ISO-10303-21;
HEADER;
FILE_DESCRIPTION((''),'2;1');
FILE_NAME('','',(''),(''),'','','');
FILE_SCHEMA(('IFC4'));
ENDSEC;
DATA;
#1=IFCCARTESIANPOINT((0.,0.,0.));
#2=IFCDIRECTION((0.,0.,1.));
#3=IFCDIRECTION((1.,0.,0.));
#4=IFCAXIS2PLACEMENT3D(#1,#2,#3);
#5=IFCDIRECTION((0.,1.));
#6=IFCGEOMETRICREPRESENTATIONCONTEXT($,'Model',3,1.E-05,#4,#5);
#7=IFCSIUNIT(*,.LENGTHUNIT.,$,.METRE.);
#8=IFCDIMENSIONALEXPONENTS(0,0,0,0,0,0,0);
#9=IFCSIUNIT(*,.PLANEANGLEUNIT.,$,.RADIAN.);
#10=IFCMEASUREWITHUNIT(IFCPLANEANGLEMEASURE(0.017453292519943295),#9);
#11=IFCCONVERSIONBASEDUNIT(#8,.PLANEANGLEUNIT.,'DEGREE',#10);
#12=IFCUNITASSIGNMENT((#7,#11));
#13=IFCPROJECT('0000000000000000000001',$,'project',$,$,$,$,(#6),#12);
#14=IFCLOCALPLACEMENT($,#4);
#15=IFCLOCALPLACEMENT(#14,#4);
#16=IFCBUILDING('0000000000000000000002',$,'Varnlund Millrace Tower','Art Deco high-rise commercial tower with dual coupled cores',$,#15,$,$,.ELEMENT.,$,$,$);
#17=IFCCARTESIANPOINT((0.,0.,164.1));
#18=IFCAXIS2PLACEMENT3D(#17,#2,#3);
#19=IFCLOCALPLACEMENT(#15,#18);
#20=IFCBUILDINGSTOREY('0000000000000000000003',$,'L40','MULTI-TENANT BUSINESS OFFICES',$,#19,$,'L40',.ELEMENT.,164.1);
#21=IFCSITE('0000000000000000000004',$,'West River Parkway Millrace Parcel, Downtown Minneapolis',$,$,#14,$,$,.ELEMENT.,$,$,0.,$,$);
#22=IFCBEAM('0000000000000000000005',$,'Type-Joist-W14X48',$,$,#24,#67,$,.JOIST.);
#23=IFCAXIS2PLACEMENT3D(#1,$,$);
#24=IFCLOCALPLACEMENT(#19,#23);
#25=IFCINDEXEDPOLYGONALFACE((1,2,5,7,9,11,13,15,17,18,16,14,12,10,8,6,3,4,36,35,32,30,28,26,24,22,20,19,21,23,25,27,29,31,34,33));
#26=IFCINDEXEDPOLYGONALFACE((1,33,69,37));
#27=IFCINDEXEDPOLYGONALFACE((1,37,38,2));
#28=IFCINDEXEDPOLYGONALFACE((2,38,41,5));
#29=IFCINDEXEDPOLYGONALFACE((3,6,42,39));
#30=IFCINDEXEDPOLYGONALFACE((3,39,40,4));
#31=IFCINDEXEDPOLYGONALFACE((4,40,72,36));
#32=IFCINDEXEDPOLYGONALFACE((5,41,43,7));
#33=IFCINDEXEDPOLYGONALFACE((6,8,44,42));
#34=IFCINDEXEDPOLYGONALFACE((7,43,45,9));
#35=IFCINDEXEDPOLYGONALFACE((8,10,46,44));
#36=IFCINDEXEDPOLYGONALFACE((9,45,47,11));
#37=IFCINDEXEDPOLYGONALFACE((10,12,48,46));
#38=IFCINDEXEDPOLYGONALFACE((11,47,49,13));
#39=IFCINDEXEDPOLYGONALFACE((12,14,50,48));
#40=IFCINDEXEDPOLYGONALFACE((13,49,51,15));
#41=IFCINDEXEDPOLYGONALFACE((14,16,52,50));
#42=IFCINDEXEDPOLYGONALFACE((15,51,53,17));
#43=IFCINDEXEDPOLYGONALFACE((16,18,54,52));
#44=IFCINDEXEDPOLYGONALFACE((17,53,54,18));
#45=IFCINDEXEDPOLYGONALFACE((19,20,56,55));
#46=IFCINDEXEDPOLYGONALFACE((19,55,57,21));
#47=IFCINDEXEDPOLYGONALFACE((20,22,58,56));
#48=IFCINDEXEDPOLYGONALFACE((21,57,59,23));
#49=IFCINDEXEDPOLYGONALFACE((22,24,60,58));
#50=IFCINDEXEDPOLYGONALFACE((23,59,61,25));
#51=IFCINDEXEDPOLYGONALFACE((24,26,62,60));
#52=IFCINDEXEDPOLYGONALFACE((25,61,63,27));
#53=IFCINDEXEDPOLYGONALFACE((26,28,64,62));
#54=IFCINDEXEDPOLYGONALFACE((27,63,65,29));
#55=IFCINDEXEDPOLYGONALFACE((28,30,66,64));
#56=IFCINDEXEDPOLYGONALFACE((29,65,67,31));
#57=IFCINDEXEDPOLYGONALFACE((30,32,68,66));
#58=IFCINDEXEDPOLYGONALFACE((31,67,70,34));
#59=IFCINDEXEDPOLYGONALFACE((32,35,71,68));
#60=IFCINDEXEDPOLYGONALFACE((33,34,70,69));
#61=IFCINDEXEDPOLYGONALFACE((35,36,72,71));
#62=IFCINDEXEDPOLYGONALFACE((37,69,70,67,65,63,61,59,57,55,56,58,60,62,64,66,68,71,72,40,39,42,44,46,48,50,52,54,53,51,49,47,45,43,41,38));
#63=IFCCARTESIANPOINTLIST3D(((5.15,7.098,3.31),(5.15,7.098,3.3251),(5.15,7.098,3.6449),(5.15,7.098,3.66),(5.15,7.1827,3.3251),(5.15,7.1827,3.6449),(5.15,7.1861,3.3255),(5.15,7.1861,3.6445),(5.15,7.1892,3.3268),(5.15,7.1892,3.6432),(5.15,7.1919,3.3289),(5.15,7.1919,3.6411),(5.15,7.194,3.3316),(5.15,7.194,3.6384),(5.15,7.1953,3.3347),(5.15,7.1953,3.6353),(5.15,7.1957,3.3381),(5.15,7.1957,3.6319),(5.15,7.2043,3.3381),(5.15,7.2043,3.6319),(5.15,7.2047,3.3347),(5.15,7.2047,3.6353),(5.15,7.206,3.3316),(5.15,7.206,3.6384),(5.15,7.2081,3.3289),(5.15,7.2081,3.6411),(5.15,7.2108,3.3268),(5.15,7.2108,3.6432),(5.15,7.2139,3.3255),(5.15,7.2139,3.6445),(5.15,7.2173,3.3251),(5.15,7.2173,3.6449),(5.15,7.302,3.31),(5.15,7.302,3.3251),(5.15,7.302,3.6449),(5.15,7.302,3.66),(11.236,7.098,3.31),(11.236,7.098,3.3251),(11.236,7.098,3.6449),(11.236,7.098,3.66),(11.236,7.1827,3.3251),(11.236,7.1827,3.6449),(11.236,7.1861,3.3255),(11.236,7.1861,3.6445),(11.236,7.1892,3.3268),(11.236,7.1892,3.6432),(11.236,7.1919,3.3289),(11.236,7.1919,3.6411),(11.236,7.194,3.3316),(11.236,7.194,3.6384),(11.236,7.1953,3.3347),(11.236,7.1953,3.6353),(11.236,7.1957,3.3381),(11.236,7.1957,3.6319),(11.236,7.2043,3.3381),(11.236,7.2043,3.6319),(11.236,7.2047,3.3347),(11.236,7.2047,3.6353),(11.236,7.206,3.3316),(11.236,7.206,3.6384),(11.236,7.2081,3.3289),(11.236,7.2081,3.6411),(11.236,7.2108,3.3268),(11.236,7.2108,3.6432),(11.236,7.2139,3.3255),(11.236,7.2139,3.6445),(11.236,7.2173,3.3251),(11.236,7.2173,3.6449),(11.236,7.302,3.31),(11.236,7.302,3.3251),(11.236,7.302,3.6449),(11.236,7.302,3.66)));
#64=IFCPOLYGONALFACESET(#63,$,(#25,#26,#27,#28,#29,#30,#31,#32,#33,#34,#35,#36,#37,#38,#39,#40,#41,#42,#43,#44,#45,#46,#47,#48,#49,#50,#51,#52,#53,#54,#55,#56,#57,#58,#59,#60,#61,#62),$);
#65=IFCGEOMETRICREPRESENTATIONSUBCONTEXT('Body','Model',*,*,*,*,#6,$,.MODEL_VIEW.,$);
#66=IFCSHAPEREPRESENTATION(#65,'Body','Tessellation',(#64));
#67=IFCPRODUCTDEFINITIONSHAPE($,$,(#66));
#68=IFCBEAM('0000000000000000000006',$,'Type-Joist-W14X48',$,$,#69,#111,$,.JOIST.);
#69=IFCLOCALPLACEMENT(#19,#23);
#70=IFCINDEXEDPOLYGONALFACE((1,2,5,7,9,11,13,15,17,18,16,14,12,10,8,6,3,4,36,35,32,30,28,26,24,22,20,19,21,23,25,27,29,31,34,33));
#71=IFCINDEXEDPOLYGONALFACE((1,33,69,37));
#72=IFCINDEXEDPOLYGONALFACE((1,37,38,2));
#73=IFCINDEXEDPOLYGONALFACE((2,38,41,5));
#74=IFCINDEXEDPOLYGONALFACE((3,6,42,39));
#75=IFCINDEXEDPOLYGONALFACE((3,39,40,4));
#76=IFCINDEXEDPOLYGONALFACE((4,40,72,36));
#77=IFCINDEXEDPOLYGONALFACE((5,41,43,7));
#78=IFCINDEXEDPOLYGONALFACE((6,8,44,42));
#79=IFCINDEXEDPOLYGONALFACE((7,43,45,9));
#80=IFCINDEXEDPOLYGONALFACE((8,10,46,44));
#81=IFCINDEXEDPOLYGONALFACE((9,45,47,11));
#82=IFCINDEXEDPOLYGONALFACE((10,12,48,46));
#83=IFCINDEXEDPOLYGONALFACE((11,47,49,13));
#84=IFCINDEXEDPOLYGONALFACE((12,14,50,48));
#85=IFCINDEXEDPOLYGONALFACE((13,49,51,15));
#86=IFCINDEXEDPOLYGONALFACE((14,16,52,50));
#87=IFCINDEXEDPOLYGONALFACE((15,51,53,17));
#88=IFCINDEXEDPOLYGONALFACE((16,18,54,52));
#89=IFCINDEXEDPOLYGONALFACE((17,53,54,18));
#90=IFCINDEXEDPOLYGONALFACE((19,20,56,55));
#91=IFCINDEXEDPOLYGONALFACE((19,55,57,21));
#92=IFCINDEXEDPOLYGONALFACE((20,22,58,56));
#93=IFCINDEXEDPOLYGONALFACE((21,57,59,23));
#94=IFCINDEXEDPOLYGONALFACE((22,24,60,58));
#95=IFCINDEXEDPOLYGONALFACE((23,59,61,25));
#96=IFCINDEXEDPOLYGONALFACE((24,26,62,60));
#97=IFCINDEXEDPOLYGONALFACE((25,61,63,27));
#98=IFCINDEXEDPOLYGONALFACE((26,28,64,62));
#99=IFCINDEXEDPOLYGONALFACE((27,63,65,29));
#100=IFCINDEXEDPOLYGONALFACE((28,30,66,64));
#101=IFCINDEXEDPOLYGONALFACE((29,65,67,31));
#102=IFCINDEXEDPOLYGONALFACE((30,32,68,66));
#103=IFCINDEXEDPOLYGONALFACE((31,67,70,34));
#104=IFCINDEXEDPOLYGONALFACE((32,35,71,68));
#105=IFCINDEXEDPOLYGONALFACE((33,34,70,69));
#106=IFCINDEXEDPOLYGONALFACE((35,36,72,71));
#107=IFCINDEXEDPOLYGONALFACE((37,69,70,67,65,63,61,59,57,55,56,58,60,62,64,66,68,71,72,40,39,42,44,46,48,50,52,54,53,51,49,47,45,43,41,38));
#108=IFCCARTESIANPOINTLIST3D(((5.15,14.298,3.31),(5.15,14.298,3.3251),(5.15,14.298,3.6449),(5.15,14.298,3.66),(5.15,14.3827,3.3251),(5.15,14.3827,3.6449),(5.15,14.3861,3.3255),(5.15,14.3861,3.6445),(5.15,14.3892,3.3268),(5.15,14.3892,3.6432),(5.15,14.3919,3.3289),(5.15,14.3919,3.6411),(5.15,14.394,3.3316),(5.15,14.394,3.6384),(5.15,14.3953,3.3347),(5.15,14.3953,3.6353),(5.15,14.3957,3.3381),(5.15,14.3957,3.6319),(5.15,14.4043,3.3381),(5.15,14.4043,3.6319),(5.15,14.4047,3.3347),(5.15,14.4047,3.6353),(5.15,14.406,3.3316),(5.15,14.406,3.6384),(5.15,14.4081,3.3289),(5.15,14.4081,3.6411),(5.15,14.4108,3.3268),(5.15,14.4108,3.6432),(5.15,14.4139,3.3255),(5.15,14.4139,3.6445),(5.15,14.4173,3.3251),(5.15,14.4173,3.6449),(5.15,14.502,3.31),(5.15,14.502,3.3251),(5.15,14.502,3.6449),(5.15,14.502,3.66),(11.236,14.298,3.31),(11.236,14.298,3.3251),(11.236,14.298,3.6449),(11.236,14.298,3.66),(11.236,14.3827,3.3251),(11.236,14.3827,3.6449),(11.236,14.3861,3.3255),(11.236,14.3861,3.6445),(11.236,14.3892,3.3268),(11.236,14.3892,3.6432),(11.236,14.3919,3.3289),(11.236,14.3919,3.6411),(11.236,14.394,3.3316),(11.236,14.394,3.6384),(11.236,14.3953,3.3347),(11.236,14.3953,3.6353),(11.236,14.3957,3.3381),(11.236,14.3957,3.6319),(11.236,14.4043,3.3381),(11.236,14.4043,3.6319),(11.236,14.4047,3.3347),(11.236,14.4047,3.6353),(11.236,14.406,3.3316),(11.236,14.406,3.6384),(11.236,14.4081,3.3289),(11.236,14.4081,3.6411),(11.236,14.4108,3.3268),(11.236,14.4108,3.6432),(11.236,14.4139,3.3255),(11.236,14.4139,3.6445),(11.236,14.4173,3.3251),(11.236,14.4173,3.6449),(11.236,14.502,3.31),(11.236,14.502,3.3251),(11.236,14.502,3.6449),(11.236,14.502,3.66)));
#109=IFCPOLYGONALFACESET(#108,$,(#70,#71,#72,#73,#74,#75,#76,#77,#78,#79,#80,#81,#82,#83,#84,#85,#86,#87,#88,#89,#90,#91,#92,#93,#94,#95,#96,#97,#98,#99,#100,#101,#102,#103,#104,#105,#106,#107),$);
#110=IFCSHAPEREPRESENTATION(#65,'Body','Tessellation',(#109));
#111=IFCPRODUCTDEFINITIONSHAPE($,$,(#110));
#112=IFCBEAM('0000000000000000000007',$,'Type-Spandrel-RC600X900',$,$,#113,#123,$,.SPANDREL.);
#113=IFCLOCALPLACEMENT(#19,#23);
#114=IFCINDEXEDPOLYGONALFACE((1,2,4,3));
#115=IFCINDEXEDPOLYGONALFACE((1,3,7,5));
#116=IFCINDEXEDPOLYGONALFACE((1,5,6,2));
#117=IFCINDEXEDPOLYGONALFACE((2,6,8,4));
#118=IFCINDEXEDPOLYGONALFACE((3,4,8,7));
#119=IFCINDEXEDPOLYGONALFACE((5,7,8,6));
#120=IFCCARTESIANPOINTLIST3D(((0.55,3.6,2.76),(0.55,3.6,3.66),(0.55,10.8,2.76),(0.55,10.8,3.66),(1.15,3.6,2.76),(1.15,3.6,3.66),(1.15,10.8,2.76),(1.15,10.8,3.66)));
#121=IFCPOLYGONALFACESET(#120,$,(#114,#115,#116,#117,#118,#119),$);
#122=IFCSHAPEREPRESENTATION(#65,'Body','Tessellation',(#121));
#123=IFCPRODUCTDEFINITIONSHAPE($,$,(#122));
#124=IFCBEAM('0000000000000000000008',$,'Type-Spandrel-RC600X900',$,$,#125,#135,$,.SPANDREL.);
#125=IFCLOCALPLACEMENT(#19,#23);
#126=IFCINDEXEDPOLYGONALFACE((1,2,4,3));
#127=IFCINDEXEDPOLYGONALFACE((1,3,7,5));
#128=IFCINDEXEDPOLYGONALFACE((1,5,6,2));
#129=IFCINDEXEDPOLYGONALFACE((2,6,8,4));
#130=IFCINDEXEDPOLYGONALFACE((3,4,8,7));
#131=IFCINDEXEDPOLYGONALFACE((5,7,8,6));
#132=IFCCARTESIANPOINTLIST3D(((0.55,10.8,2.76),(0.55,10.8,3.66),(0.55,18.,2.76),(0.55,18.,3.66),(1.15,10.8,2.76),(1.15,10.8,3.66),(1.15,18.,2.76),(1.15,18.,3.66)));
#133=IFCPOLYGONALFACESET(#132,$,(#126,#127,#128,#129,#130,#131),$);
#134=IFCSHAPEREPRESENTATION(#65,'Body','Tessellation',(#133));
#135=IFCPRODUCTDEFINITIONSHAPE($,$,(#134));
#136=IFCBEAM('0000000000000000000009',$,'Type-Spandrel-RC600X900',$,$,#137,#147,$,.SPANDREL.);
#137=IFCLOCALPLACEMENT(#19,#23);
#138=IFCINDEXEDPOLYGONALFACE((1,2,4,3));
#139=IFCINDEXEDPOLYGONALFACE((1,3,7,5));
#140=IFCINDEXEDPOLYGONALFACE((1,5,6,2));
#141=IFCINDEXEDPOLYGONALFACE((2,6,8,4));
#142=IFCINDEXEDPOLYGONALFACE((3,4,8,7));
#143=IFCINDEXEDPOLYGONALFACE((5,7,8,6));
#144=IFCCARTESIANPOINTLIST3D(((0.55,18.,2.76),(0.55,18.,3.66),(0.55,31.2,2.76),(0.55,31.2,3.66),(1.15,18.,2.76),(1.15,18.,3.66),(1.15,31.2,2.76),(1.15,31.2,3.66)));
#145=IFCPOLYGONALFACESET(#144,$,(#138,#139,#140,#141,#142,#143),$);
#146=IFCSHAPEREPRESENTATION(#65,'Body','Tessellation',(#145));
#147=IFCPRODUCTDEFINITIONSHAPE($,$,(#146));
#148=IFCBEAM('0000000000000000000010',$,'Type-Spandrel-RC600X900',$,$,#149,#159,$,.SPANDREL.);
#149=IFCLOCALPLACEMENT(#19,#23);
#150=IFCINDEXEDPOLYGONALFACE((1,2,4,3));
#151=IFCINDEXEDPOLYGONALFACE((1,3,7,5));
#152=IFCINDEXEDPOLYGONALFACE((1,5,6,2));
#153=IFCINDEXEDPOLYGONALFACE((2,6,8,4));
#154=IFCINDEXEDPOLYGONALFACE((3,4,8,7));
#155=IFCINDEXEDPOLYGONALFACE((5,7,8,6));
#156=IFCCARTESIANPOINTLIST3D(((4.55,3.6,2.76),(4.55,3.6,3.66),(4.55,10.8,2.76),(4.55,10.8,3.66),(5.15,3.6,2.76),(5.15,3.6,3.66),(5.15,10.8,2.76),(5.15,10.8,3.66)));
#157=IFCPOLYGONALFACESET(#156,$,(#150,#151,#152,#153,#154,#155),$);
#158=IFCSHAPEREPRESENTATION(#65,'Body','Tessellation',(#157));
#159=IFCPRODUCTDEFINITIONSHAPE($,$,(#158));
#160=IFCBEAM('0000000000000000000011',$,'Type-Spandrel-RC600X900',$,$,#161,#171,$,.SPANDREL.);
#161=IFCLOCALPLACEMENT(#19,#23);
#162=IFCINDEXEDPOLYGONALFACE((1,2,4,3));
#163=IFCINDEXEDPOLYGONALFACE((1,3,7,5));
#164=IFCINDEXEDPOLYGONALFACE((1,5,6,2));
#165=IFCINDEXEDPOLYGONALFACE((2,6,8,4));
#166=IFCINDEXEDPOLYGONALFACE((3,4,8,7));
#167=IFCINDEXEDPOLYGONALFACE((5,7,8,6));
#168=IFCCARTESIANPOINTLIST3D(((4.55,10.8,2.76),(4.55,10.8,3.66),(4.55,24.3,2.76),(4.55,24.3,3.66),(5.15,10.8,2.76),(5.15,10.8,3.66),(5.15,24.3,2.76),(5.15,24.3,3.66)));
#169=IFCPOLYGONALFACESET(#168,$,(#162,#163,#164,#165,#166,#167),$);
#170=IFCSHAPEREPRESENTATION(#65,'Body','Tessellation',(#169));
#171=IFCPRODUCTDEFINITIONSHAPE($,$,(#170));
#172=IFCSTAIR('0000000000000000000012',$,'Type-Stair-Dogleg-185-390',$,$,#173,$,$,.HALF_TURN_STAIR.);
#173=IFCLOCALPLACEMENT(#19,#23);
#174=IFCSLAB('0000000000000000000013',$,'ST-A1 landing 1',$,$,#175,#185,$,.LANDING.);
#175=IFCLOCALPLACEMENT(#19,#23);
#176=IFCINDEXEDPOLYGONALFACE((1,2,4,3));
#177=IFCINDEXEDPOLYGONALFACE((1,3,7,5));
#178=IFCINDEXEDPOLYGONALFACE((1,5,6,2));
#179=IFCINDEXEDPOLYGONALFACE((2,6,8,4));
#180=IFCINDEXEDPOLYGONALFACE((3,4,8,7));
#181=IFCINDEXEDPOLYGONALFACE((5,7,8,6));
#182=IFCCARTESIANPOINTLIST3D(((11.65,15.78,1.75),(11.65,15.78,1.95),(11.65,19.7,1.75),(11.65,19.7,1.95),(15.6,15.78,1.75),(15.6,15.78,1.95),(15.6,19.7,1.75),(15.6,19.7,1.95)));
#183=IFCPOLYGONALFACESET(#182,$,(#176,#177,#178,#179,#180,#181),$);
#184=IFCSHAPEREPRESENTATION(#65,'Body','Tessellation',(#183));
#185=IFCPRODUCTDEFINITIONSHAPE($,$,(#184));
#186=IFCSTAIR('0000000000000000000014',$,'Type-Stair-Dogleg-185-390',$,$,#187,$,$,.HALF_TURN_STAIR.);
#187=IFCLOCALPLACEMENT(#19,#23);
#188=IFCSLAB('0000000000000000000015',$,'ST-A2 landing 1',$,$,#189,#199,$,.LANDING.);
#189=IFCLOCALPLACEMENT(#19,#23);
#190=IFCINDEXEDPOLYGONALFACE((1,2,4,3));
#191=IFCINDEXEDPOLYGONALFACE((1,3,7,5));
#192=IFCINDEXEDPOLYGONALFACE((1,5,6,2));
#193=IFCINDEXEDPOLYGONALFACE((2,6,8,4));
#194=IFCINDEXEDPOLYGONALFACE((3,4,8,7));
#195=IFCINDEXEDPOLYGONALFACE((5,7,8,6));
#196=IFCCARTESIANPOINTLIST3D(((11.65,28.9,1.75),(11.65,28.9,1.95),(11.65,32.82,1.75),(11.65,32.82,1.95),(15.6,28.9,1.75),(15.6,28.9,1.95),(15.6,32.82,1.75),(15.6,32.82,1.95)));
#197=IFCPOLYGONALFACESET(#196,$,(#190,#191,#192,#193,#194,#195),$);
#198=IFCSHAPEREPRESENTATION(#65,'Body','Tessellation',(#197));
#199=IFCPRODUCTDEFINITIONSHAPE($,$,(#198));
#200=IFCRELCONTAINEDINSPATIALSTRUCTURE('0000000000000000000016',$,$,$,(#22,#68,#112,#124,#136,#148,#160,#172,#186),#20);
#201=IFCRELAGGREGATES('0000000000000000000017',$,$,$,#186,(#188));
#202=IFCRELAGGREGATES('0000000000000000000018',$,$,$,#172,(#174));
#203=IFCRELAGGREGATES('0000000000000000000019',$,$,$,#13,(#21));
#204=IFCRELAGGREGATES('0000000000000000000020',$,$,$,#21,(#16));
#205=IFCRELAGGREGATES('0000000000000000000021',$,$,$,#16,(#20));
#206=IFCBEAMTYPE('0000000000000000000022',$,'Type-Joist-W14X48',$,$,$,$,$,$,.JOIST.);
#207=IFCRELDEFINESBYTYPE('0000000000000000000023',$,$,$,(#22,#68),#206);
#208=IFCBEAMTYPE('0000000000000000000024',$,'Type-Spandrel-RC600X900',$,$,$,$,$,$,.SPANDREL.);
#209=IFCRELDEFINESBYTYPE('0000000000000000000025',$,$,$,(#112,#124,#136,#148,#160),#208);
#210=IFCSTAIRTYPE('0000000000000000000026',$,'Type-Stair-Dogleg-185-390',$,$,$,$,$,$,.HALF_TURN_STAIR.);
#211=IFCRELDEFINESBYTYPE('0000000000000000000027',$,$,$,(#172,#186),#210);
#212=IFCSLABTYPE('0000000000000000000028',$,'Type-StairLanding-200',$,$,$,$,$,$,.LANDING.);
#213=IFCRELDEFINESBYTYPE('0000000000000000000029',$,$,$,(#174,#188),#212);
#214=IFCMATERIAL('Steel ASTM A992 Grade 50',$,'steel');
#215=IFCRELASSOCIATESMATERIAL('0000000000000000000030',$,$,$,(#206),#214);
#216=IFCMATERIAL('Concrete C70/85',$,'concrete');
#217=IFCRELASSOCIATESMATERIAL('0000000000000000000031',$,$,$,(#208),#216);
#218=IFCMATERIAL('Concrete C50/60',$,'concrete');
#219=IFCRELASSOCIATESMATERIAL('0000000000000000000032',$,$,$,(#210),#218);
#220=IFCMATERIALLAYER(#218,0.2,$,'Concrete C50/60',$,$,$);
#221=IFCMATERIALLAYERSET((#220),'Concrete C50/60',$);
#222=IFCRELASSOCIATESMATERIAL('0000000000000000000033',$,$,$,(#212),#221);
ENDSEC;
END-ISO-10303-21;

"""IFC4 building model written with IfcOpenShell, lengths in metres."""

from ifc_helpers import new_model, entity, si_unit, converted_unit, direction, frame, origin_with_axes, origin_2d_with_axis, place, context, subcontext, project, spatial, polyline, rectangle, i_section, outline, extrude, material, layer, layer_set, material_profile, profile_set, type_object, element, aggregate, save


model = new_model("IFC4")

# Units and contexts
model_context = context("Model", 3, precision=1e-05, world=origin_with_axes(), true_north=direction((0.0, 1.0)))
body_context = subcontext(model_context, "Body", "Model", "MODEL_VIEW")
ifc_project = project(units=[si_unit("LENGTHUNIT", "METRE"), converted_unit("PLANEANGLEUNIT", "DEGREE", entity("IfcPlaneAngleMeasure", 0.017453292519943295), si_unit("PLANEANGLEUNIT", "RADIAN"), dimensions=[0, 0, 0, 0, 0, 0, 0])], contexts=[model_context])

# Site, building, storey
site_placement = place(None, origin_with_axes())
site = spatial("IfcSite", under=ifc_project, at=site_placement, Name="West River Parkway Millrace Parcel, Downtown Minneapolis", CompositionType="ELEMENT", RefElevation=0.0)
building_placement = place(site_placement, origin_with_axes())
building = spatial("IfcBuilding", under=site, at=building_placement, Name="Varnlund Millrace Tower", Description="Art Deco high-rise commercial tower with dual coupled cores", CompositionType="ELEMENT")
storey_placement = place(building_placement, frame((0.0, 0.0, 164.1), z_axis=(0.0, 0.0, 1.0), x_axis=(1.0, 0.0, 0.0)))
storey = spatial("IfcBuildingStorey", under=building, at=storey_placement, Name="L40", Description="MULTI-TENANT BUSINESS OFFICES", LongName="L40", CompositionType="ELEMENT", Elevation=164.1)

# Beams
ifc_material_1 = material(Name="Steel ASTM A992 Grade 50", Category="steel")
ifc_material_profile_1 = material_profile(ifc_material_1, i_section(OverallWidth=0.204, OverallDepth=0.35, WebThickness=0.0086, FlangeThickness=0.0151, FilletRadius=0.013, at=origin_2d_with_axis()), Name="Steel ASTM A992 Grade 50")
ifc_profile_set_1 = profile_set([ifc_material_profile_1], Name="Steel ASTM A992 Grade 50")
beam_type_1 = type_object("IfcBeamType", Name="Type-Joist-W14X48", PredefinedType="JOIST", material=ifc_profile_set_1)
for number, where, z_axis, x_axis, name in (
    (1, (5.15, 7.2, 3.485), (1.0, 0.0, 0.0), (0.0, 1.0, 0.0), "Type-Joist-W14X48"),
    (2, (5.15, 14.4, 3.485), (1.0, 0.0, 0.0), (0.0, 1.0, 0.0), "Type-Joist-W14X48"),
):
    element("IfcBeam", number, at=place(storey_placement, frame(where, z_axis=z_axis, x_axis=x_axis)), inside=storey, type_object=beam_type_1, Name=name, PredefinedType="JOIST", context=body_context, shape_type="SweptSolid", body=[
        extrude(i_section(OverallWidth=0.204, OverallDepth=0.35, WebThickness=0.0086, FlangeThickness=0.0151, FilletRadius=0.013, at=origin_2d_with_axis()), origin_with_axes(), (0.0, 0.0, 1.0), 6.086),
    ])
ifc_material_2 = material(Name="Concrete C70/85", Category="concrete")
ifc_material_profile_2 = material_profile(ifc_material_2, rectangle(XDim=0.6, YDim=0.9, at=origin_2d_with_axis()), Name="Concrete C70/85")
ifc_profile_set_2 = profile_set([ifc_material_profile_2], Name="Concrete C70/85")
beam_type_2 = type_object("IfcBeamType", Name="Type-Spandrel-RC600X900", PredefinedType="SPANDREL", material=ifc_profile_set_2)
for number, where, z_axis, x_axis, name in (
    (3, (0.85, 3.6, 3.21), (0.0, 1.0, 0.0), (-1.0, 0.0, 0.0), "Type-Spandrel-RC600X900"),
    (4, (0.85, 10.8, 3.21), (0.0, 1.0, 0.0), (-1.0, 0.0, 0.0), "Type-Spandrel-RC600X900"),
):
    element("IfcBeam", number, at=place(storey_placement, frame(where, z_axis=z_axis, x_axis=x_axis)), inside=storey, type_object=beam_type_2, Name=name, PredefinedType="SPANDREL", context=body_context, shape_type="SweptSolid", body=[
        extrude(rectangle(XDim=0.6, YDim=0.9, at=origin_2d_with_axis()), origin_with_axes(), (0.0, 0.0, 1.0), 7.2),
    ])
beam_1_placement = place(storey_placement, frame((0.85, 18.0, 3.21), z_axis=(0.0, 1.0, 0.0), x_axis=(-1.0, 0.0, 0.0)))
element("IfcBeam", 5, at=beam_1_placement, inside=storey, type_object=beam_type_2, Name="Type-Spandrel-RC600X900", PredefinedType="SPANDREL", context=body_context, shape_type="SweptSolid", body=[
    extrude(rectangle(XDim=0.6, YDim=0.9, at=origin_2d_with_axis()), origin_with_axes(), (0.0, 0.0, 1.0), 13.2),
])
beam_2_placement = place(storey_placement, frame((4.85, 3.6, 3.21), z_axis=(0.0, 1.0, 0.0), x_axis=(-1.0, 0.0, 0.0)))
element("IfcBeam", 6, at=beam_2_placement, inside=storey, type_object=beam_type_2, Name="Type-Spandrel-RC600X900", PredefinedType="SPANDREL", context=body_context, shape_type="SweptSolid", body=[
    extrude(rectangle(XDim=0.6, YDim=0.9, at=origin_2d_with_axis()), origin_with_axes(), (0.0, 0.0, 1.0), 7.2),
])
beam_3_placement = place(storey_placement, frame((4.85, 10.8, 3.21), z_axis=(0.0, 1.0, 0.0), x_axis=(-1.0, 0.0, 0.0)))
element("IfcBeam", 7, at=beam_3_placement, inside=storey, type_object=beam_type_2, Name="Type-Spandrel-RC600X900", PredefinedType="SPANDREL", context=body_context, shape_type="SweptSolid", body=[
    extrude(rectangle(XDim=0.6, YDim=0.9, at=origin_2d_with_axis()), origin_with_axes(), (0.0, 0.0, 1.0), 13.5),
])

# Stairs, slabs
ifc_material_3 = material(Name="Concrete C50/60", Category="concrete")
stair_type_1 = type_object("IfcStairType", Name="Type-Stair-Dogleg-185-390", PredefinedType="HALF_TURN_STAIR", material=ifc_material_3)
stair_1_placement = place(storey_placement, origin_with_axes())
stair_1 = element("IfcStair", 8, at=stair_1_placement, inside=storey, type_object=stair_type_1, Name="Type-Stair-Dogleg-185-390", PredefinedType="HALF_TURN_STAIR")
ifc_layer_1 = layer(ifc_material_3, 0.2, Name="Concrete C50/60")
ifc_layer_set_1 = layer_set([ifc_layer_1], Name="Concrete C50/60")
slab_type = type_object("IfcSlabType", Name="Type-StairLanding-200", PredefinedType="LANDING", material=ifc_layer_set_1)
slab_1_placement = place(storey_placement, frame((0.0, 0.0, 1.75), z_axis=(0.0, 0.0, 1.0), x_axis=(1.0, 0.0, 0.0)))
slab_1 = element("IfcSlab", 9, at=slab_1_placement, type_object=slab_type, Name="ST-A1 landing 1", PredefinedType="LANDING", context=body_context, shape_type="SweptSolid", body=[
    extrude(outline(polyline([(15.6, 15.78), (15.6, 19.7), (11.65, 19.7), (11.65, 15.78), (15.6, 15.78)])), origin_with_axes(), (0.0, 0.0, 1.0), 0.2),
])
stair_2_placement = place(storey_placement, origin_with_axes())
stair_2 = element("IfcStair", 10, at=stair_2_placement, inside=storey, type_object=stair_type_1, Name="Type-Stair-Dogleg-185-390", PredefinedType="HALF_TURN_STAIR")
slab_2_placement = place(storey_placement, frame((0.0, 0.0, 1.75), z_axis=(0.0, 0.0, 1.0), x_axis=(1.0, 0.0, 0.0)))
slab_2 = element("IfcSlab", 11, at=slab_2_placement, type_object=slab_type, Name="ST-A2 landing 1", PredefinedType="LANDING", context=body_context, shape_type="SweptSolid", body=[
    extrude(outline(polyline([(11.65, 32.82), (11.65, 28.9), (15.6, 28.9), (15.6, 32.82), (11.65, 32.82)])), origin_with_axes(), (0.0, 0.0, 1.0), 0.2),
])
aggregate(stair_2, [slab_2])

aggregate(stair_1, [slab_1])

save(model, "model.ifc")
